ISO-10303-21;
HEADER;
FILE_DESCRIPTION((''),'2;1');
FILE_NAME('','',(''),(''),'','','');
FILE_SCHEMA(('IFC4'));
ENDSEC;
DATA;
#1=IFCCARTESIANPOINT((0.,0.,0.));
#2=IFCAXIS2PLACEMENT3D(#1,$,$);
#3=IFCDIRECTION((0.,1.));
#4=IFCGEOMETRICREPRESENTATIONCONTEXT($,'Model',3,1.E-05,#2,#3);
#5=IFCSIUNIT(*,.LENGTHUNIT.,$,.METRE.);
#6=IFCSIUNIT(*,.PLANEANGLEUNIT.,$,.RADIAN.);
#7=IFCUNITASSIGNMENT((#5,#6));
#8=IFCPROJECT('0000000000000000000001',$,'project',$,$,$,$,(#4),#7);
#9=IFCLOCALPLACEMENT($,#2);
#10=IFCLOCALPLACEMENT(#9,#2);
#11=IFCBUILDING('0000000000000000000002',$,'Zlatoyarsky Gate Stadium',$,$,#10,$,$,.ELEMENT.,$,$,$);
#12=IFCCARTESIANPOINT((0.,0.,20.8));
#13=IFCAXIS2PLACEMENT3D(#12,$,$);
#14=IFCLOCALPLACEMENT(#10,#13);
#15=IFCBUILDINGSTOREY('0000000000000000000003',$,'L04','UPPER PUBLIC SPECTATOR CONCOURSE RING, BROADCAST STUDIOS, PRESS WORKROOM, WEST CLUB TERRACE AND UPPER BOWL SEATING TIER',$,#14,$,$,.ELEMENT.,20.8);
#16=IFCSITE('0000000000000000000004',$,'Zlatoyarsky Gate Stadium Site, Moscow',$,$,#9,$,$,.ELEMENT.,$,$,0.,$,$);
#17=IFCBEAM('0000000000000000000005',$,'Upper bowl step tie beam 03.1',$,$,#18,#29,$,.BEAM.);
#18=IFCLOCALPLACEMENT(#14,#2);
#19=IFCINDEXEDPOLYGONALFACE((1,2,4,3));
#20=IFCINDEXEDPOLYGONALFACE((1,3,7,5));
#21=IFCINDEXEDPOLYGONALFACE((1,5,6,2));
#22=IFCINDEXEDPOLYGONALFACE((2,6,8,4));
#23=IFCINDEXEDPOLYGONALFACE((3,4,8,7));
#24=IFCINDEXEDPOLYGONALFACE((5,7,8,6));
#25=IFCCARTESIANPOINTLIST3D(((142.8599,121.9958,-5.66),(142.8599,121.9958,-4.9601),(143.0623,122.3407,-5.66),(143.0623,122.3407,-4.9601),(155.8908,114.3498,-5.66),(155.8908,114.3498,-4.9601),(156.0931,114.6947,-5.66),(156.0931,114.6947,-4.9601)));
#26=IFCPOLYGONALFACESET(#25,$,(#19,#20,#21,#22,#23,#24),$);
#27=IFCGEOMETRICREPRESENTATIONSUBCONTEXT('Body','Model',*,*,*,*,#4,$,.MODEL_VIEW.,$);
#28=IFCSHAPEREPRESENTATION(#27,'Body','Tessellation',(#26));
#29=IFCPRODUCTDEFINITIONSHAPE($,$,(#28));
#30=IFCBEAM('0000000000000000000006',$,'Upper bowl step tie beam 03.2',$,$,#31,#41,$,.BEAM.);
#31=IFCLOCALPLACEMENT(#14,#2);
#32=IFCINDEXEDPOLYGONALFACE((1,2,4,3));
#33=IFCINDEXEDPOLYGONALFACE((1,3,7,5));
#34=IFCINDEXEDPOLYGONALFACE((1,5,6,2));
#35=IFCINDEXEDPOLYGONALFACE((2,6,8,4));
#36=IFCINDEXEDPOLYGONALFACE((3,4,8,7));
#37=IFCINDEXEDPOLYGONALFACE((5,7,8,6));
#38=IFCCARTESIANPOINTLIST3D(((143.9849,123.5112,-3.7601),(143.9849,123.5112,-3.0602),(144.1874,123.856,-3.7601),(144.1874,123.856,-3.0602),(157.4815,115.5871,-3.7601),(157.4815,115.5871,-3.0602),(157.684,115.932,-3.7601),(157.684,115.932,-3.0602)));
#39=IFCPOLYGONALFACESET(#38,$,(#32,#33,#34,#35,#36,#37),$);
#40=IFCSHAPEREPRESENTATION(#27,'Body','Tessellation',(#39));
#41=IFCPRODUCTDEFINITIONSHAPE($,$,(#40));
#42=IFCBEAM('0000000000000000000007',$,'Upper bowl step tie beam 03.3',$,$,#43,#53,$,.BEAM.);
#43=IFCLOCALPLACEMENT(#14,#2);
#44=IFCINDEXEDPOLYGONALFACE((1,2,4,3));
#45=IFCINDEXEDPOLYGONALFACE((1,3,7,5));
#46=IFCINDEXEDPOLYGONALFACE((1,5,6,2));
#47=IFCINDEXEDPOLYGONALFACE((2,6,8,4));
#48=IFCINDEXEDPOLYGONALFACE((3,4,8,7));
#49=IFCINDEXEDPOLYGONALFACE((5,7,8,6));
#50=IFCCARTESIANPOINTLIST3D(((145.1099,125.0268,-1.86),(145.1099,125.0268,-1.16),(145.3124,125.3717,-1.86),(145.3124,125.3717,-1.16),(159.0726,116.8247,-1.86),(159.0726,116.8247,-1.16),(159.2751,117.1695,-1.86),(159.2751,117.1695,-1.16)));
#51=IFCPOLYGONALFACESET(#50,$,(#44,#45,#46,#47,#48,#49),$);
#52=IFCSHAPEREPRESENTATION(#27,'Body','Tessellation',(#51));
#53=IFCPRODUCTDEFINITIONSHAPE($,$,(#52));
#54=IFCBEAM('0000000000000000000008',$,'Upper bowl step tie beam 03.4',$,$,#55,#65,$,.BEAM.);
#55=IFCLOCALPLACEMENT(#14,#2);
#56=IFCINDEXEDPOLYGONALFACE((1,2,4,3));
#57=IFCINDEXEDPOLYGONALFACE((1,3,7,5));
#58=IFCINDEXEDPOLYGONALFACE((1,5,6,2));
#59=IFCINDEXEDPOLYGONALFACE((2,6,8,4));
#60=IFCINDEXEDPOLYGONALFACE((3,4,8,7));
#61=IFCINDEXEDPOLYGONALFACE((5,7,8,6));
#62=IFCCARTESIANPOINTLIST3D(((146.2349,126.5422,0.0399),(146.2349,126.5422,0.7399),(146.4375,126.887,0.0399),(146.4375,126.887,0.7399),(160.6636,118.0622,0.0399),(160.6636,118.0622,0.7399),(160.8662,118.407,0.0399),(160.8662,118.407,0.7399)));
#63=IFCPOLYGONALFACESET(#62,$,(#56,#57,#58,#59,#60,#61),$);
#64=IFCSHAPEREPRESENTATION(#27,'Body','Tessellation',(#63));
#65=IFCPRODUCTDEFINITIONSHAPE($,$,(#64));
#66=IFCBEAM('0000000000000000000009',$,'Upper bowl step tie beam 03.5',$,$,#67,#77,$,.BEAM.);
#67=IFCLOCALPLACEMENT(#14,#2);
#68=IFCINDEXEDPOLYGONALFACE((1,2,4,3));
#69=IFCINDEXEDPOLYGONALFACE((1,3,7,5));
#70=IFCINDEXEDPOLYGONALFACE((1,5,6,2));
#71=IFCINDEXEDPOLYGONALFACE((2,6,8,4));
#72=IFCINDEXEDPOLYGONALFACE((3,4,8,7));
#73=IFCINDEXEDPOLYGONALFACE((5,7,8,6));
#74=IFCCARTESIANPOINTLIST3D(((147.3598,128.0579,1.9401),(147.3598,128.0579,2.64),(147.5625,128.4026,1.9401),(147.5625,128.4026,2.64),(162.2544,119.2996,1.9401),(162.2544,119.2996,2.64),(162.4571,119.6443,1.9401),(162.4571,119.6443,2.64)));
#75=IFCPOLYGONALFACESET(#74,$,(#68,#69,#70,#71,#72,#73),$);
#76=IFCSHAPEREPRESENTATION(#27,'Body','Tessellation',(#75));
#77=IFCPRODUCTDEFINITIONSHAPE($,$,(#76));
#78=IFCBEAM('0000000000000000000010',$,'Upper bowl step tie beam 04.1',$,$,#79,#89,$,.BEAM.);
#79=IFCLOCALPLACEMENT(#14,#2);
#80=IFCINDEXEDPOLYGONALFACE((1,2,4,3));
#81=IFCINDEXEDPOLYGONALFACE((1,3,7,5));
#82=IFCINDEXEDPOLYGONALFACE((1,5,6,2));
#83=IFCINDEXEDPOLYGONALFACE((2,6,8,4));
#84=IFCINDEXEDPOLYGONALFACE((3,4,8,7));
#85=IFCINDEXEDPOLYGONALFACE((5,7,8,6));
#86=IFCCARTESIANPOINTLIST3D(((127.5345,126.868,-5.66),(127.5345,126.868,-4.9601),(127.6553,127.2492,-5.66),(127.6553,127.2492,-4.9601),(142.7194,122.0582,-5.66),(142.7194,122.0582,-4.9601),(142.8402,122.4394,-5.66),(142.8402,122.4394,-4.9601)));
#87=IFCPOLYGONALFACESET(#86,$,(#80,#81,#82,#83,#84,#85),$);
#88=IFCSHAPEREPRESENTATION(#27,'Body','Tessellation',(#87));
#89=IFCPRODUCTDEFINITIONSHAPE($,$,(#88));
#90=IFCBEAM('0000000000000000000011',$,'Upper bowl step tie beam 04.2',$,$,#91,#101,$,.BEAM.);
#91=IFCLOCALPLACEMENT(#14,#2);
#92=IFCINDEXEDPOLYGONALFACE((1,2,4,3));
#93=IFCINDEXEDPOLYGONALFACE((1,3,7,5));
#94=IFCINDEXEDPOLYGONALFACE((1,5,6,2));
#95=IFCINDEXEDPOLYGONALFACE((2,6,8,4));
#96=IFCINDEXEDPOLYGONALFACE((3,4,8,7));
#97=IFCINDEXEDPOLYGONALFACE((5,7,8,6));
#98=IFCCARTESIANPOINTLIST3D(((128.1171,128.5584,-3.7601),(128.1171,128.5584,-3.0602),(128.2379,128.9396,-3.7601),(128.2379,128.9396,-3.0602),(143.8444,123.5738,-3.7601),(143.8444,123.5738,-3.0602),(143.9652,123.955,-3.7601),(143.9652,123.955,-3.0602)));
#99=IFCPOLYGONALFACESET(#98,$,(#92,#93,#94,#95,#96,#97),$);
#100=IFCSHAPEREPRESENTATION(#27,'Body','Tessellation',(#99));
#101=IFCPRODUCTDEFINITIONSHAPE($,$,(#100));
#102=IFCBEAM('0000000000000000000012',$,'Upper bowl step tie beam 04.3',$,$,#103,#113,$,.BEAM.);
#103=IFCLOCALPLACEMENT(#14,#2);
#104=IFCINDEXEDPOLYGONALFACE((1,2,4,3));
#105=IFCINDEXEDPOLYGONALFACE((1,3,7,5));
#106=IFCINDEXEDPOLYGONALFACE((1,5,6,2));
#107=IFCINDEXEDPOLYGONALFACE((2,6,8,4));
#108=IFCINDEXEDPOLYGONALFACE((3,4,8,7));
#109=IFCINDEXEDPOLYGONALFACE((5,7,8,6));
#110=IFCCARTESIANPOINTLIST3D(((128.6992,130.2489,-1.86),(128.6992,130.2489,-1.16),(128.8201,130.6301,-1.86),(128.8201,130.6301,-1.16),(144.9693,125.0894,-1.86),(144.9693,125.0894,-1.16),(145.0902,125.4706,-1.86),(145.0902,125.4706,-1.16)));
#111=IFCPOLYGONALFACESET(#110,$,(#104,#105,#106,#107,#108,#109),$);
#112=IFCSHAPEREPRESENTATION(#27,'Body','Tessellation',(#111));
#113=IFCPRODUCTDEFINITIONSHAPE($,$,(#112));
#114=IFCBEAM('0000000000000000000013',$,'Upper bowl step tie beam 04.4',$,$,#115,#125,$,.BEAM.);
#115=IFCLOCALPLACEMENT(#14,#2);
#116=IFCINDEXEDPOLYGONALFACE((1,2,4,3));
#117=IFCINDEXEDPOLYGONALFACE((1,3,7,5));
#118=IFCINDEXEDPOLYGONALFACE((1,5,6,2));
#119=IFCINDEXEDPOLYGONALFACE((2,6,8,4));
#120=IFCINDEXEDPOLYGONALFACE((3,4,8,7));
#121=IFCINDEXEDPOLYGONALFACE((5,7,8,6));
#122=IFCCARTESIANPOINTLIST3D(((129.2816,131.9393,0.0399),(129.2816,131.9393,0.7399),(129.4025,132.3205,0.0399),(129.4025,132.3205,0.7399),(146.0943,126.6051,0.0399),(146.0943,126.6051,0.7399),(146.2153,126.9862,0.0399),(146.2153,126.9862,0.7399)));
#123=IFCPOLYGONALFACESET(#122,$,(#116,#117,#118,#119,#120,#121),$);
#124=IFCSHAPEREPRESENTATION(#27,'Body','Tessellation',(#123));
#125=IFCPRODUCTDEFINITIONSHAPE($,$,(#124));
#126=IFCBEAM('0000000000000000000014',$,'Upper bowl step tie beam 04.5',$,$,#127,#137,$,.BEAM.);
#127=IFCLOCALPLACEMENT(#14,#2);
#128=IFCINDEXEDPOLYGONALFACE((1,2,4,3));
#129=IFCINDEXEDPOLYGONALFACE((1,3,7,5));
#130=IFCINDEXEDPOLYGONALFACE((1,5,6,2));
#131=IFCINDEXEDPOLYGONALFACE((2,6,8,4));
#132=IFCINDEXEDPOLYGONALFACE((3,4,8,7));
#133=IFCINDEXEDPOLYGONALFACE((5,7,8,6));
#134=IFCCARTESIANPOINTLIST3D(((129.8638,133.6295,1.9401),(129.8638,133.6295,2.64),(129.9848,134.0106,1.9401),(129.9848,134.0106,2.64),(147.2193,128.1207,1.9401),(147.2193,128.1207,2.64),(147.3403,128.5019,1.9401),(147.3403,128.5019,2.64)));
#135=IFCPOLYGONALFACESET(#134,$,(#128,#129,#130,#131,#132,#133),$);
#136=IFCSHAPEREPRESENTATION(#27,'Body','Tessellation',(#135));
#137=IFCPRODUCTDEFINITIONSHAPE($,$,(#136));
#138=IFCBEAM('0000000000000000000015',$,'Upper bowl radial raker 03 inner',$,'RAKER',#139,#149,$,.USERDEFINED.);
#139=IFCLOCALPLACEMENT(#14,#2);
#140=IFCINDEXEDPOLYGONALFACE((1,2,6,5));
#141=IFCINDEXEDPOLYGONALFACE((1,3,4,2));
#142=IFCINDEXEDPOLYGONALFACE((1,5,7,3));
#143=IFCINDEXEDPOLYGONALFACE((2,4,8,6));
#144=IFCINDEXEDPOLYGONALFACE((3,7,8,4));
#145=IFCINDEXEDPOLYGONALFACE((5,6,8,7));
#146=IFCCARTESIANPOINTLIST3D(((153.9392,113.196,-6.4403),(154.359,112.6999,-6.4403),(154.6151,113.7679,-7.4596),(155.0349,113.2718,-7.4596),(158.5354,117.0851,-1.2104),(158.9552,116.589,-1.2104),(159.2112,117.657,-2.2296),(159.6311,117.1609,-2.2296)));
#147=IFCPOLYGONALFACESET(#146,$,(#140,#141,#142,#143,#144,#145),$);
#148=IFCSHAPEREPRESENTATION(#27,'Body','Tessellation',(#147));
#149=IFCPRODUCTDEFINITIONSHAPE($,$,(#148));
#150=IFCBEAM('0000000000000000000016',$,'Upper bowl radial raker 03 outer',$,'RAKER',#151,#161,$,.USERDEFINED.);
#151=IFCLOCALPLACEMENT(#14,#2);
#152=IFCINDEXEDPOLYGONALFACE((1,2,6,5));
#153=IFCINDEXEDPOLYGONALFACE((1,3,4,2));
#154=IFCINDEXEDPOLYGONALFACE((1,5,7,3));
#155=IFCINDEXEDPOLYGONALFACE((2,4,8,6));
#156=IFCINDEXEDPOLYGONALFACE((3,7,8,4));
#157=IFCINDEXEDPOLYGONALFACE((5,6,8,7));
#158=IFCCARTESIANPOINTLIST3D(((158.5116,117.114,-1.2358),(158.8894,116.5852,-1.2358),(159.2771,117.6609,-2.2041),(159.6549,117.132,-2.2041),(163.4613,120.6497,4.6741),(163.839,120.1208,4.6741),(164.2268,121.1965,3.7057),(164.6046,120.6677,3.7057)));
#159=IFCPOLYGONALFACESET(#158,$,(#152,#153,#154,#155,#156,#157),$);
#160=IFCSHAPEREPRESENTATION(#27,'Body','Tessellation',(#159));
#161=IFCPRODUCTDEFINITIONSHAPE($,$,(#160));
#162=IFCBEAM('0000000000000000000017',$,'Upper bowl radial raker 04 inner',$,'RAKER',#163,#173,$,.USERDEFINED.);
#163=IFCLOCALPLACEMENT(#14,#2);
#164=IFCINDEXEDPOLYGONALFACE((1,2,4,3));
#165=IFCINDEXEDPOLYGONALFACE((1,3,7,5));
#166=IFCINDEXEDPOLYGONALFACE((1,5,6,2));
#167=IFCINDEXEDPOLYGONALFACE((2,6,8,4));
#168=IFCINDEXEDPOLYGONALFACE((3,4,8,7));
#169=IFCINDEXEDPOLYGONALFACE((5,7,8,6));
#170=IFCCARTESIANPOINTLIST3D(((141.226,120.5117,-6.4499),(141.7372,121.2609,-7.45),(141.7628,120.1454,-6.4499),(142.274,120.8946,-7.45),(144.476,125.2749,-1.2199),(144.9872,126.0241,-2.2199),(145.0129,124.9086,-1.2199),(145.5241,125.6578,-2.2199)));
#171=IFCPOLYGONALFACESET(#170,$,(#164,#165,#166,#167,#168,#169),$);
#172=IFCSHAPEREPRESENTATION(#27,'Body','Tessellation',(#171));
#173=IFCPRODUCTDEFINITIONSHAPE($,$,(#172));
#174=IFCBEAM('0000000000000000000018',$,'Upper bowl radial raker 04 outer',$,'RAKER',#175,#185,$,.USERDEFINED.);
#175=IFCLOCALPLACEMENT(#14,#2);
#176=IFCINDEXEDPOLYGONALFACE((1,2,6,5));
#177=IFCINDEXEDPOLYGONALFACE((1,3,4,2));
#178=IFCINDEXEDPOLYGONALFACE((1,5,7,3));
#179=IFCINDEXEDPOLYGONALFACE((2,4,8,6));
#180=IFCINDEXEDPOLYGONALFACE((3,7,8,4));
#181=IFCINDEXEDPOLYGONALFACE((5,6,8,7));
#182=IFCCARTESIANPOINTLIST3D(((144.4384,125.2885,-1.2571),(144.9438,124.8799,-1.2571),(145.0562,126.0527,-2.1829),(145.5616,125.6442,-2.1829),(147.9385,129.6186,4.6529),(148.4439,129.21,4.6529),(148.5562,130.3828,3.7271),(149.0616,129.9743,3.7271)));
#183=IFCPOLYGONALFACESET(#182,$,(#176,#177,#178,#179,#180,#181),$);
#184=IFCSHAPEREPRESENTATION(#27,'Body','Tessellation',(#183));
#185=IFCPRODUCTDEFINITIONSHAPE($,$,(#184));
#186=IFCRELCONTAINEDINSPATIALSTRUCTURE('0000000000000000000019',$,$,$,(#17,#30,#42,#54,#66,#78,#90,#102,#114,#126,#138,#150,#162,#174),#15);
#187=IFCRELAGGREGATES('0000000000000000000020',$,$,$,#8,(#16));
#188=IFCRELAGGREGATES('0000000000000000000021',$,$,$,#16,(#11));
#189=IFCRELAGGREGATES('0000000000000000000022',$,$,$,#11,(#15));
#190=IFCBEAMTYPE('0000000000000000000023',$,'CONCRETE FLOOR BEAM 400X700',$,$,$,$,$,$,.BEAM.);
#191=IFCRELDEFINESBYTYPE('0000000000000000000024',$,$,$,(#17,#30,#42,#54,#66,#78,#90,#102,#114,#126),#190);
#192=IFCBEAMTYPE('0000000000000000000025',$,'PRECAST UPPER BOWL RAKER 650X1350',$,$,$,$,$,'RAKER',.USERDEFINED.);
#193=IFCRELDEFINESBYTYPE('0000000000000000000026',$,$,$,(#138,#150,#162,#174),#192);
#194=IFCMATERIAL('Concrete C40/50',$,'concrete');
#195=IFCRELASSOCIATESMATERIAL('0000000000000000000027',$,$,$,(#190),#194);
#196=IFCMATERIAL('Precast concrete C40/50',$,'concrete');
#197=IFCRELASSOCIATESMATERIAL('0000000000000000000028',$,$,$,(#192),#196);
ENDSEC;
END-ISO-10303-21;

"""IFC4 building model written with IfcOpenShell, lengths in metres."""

from ifc_helpers import new_model, si_unit, direction, frame, origin, origin_2d, place, context, subcontext, project, spatial, rectangle, extrude, material, material_profile, profile_set, type_object, element, save


model = new_model("IFC4")

# Units and contexts
model_context = context("Model", 3, precision=1e-05, world=origin(), true_north=direction((0.0, 1.0)))
body_context = subcontext(model_context, "Body", "Model", "MODEL_VIEW")
ifc_project = project(units=[si_unit("LENGTHUNIT", "METRE"), si_unit("PLANEANGLEUNIT", "RADIAN")], contexts=[model_context])

# Site, building, storey
site_placement = place(None, origin())
site = spatial("IfcSite", under=ifc_project, at=site_placement, Name="Zlatoyarsky Gate Stadium Site, Moscow", CompositionType="ELEMENT", RefElevation=0.0)
building_placement = place(site_placement, origin())
building = spatial("IfcBuilding", under=site, at=building_placement, Name="Zlatoyarsky Gate Stadium", CompositionType="ELEMENT")
storey_placement = place(building_placement, frame((0.0, 0.0, 20.8)))
storey = spatial("IfcBuildingStorey", under=building, at=storey_placement, Name="L04", Description="UPPER PUBLIC SPECTATOR CONCOURSE RING, BROADCAST STUDIOS, PRESS WORKROOM, WEST CLUB TERRACE AND UPPER BOWL SEATING TIER", CompositionType="ELEMENT", Elevation=20.8)

# Beams
ifc_material_1 = material(Name="Concrete C40/50", Category="concrete")
ifc_material_profile_1 = material_profile(ifc_material_1, rectangle(XDim=0.3999, YDim=0.7, at=origin_2d()), Name="RC BEAM 400X700")
ifc_profile_set_1 = profile_set([ifc_material_profile_1], Name="Concrete C40/50")
beam_type_1 = type_object("IfcBeamType", Name="CONCRETE FLOOR BEAM 400X700", PredefinedType="BEAM", material=ifc_profile_set_1)
beam_1_placement = place(storey_placement, frame((155.9919, 114.5222, -5.3101), z_axis=(-0.862488, 0.506078, 0.0), x_axis=(-0.506078, -0.862488, 0.0)))
element("IfcBeam", 1, at=beam_1_placement, inside=storey, type_object=beam_type_1, Name="Upper bowl step tie beam 03.1", PredefinedType="BEAM", context=body_context, shape_type="SweptSolid", body=[
    extrude(rectangle(XDim=0.3999, YDim=0.7, at=origin_2d()), origin(), (0.0, 0.0, 1.0), 15.1084),
])
beam_2_placement = place(storey_placement, frame((157.5828, 115.7595, -3.4102), z_axis=(-0.862355, 0.506303, 0.0), x_axis=(-0.506303, -0.862355, 0.0)))
element("IfcBeam", 2, at=beam_2_placement, inside=storey, type_object=beam_type_1, Name="Upper bowl step tie beam 03.2", PredefinedType="BEAM", context=body_context, shape_type="SweptSolid", body=[
    extrude(rectangle(XDim=0.3999, YDim=0.7, at=origin_2d()), origin(), (0.0, 0.0, 1.0), 15.6509),
])
beam_3_placement = place(storey_placement, frame((159.1738, 116.9971, -1.51), z_axis=(-0.862236, 0.506507, 0.0), x_axis=(-0.506507, -0.862236, 0.0)))
element("IfcBeam", 3, at=beam_3_placement, inside=storey, type_object=beam_type_1, Name="Upper bowl step tie beam 03.3", PredefinedType="BEAM", context=body_context, shape_type="SweptSolid", body=[
    extrude(rectangle(XDim=0.3999, YDim=0.7, at=origin_2d()), origin(), (0.0, 0.0, 1.0), 16.1936),
])
beam_4_placement = place(storey_placement, frame((160.7649, 118.2346, 0.3899), z_axis=(-0.86213, 0.506687, 0.0), x_axis=(-0.506687, -0.86213, 0.0)))
element("IfcBeam", 4, at=beam_4_placement, inside=storey, type_object=beam_type_1, Name="Upper bowl step tie beam 03.4", PredefinedType="BEAM", context=body_context, shape_type="SweptSolid", body=[
    extrude(rectangle(XDim=0.3999, YDim=0.7, at=origin_2d()), origin(), (0.0, 0.0, 1.0), 16.7361),
])
beam_5_placement = place(storey_placement, frame((162.3557, 119.4719, 2.29), z_axis=(-0.862015, 0.506883, 0.0), x_axis=(-0.506883, -0.862015, 0.0)))
element("IfcBeam", 5, at=beam_5_placement, inside=storey, type_object=beam_type_1, Name="Upper bowl step tie beam 03.5", PredefinedType="BEAM", context=body_context, shape_type="SweptSolid", body=[
    extrude(rectangle(XDim=0.3999, YDim=0.7, at=origin_2d()), origin(), (0.0, 0.0, 1.0), 17.2788),
])
beam_6_placement = place(storey_placement, frame((142.7798, 122.2488, -5.3101), z_axis=(-0.953319, 0.301965, 0.0), x_axis=(-0.301965, -0.953319, 0.0)))
element("IfcBeam", 6, at=beam_6_placement, inside=storey, type_object=beam_type_1, Name="Upper bowl step tie beam 04.1", PredefinedType="BEAM", context=body_context, shape_type="SweptSolid", body=[
    extrude(rectangle(XDim=0.3999, YDim=0.7, at=origin_2d()), origin(), (0.0, 0.0, 1.0), 15.9285),
])
beam_7_placement = place(storey_placement, frame((143.9048, 123.7644, -3.4102), z_axis=(-0.953267, 0.302129, 0.0), x_axis=(-0.302129, -0.953267, 0.0)))
element("IfcBeam", 7, at=beam_7_placement, inside=storey, type_object=beam_type_1, Name="Upper bowl step tie beam 04.2", PredefinedType="BEAM", context=body_context, shape_type="SweptSolid", body=[
    extrude(rectangle(XDim=0.3999, YDim=0.7, at=origin_2d()), origin(), (0.0, 0.0, 1.0), 16.4983),
])
beam_8_placement = place(storey_placement, frame((145.0298, 125.28, -1.51), z_axis=(-0.95322, 0.302278, 0.0), x_axis=(-0.302278, -0.95322, 0.0)))
element("IfcBeam", 8, at=beam_8_placement, inside=storey, type_object=beam_type_1, Name="Upper bowl step tie beam 04.3", PredefinedType="BEAM", context=body_context, shape_type="SweptSolid", body=[
    extrude(rectangle(XDim=0.3999, YDim=0.7, at=origin_2d()), origin(), (0.0, 0.0, 1.0), 17.0686),
])
beam_9_placement = place(storey_placement, frame((146.1548, 126.7957, 0.3899), z_axis=(-0.953176, 0.302417, 0.0), x_axis=(-0.302417, -0.953176, 0.0)))
element("IfcBeam", 9, at=beam_9_placement, inside=storey, type_object=beam_type_1, Name="Upper bowl step tie beam 04.4", PredefinedType="BEAM", context=body_context, shape_type="SweptSolid", body=[
    extrude(rectangle(XDim=0.3999, YDim=0.7, at=origin_2d()), origin(), (0.0, 0.0, 1.0), 17.6387),
])
beam_10_placement = place(storey_placement, frame((147.2798, 128.3113, 2.29), z_axis=(-0.953138, 0.302535, 0.0), x_axis=(-0.302535, -0.953138, 0.0)))
element("IfcBeam", 10, at=beam_10_placement, inside=storey, type_object=beam_type_1, Name="Upper bowl step tie beam 04.5", PredefinedType="BEAM", context=body_context, shape_type="SweptSolid", body=[
    extrude(rectangle(XDim=0.3999, YDim=0.7, at=origin_2d()), origin(), (0.0, 0.0, 1.0), 18.2087),
])
ifc_material_2 = material(Name="Precast concrete C40/50", Category="concrete")
ifc_material_profile_2 = material_profile(ifc_material_2, rectangle(XDim=0.6499, YDim=1.3501, at=origin_2d()), Name="PC RAKER 650X1350")
ifc_profile_set_2 = profile_set([ifc_material_profile_2], Name="Precast concrete C40/50")
beam_type_2 = type_object("IfcBeamType", Name="PRECAST UPPER BOWL RAKER 650X1350", ElementType="RAKER", PredefinedType="USERDEFINED", material=ifc_profile_set_2)
beam_11_placement = place(storey_placement, frame((154.4871, 113.2339, -6.95), z_axis=(0.576313, 0.487659, 0.655783), x_axis=(-0.64595, 0.76338, 0.0)))
element("IfcBeam", 11, at=beam_11_placement, inside=storey, type_object=beam_type_2, Name="Upper bowl radial raker 03 inner", ObjectType="RAKER", PredefinedType="USERDEFINED", context=body_context, shape_type="SweptSolid", body=[
    extrude(rectangle(XDim=0.6499, YDim=1.3501, at=origin_2d()), origin(), (0.0, 0.0, 1.0), 7.9751),
])
beam_12_placement = place(storey_placement, frame((159.0833, 117.123, -1.72), z_axis=(0.583623, 0.41689, 0.696841), x_axis=(-0.581253, 0.813723, 0.0)))
element("IfcBeam", 12, at=beam_12_placement, inside=storey, type_object=beam_type_2, Name="Upper bowl radial raker 03 outer", ObjectType="RAKER", PredefinedType="USERDEFINED", context=body_context, shape_type="SweptSolid", body=[
    extrude(rectangle(XDim=0.6499, YDim=1.3501, at=origin_2d()), origin(), (0.0, 0.0, 1.0), 8.481),
])
beam_13_placement = place(storey_placement, frame((141.75, 120.7031, -6.95), z_axis=(0.41748, 0.611857, 0.671819), x_axis=(-0.826036, 0.563618, 0.0)))
element("IfcBeam", 13, at=beam_13_placement, inside=storey, type_object=beam_type_2, Name="Upper bowl radial raker 04 inner", ObjectType="RAKER", PredefinedType="USERDEFINED", context=body_context, shape_type="SweptSolid", body=[
    extrude(rectangle(XDim=0.6499, YDim=1.3501, at=origin_2d()), origin(), (0.0, 0.0, 1.0), 7.7849),
])
beam_14_placement = place(storey_placement, frame((145.0, 125.4663, -1.72), z_axis=(0.43106, 0.533292, 0.727865), x_axis=(-0.77771, 0.628623, 0.0)))
element("IfcBeam", 14, at=beam_14_placement, inside=storey, type_object=beam_type_2, Name="Upper bowl radial raker 04 outer", ObjectType="RAKER", PredefinedType="USERDEFINED", context=body_context, shape_type="SweptSolid", body=[
    extrude(rectangle(XDim=0.6499, YDim=1.3501, at=origin_2d()), origin(), (0.0, 0.0, 1.0), 8.1196),
])

save(model, "model.ifc")
